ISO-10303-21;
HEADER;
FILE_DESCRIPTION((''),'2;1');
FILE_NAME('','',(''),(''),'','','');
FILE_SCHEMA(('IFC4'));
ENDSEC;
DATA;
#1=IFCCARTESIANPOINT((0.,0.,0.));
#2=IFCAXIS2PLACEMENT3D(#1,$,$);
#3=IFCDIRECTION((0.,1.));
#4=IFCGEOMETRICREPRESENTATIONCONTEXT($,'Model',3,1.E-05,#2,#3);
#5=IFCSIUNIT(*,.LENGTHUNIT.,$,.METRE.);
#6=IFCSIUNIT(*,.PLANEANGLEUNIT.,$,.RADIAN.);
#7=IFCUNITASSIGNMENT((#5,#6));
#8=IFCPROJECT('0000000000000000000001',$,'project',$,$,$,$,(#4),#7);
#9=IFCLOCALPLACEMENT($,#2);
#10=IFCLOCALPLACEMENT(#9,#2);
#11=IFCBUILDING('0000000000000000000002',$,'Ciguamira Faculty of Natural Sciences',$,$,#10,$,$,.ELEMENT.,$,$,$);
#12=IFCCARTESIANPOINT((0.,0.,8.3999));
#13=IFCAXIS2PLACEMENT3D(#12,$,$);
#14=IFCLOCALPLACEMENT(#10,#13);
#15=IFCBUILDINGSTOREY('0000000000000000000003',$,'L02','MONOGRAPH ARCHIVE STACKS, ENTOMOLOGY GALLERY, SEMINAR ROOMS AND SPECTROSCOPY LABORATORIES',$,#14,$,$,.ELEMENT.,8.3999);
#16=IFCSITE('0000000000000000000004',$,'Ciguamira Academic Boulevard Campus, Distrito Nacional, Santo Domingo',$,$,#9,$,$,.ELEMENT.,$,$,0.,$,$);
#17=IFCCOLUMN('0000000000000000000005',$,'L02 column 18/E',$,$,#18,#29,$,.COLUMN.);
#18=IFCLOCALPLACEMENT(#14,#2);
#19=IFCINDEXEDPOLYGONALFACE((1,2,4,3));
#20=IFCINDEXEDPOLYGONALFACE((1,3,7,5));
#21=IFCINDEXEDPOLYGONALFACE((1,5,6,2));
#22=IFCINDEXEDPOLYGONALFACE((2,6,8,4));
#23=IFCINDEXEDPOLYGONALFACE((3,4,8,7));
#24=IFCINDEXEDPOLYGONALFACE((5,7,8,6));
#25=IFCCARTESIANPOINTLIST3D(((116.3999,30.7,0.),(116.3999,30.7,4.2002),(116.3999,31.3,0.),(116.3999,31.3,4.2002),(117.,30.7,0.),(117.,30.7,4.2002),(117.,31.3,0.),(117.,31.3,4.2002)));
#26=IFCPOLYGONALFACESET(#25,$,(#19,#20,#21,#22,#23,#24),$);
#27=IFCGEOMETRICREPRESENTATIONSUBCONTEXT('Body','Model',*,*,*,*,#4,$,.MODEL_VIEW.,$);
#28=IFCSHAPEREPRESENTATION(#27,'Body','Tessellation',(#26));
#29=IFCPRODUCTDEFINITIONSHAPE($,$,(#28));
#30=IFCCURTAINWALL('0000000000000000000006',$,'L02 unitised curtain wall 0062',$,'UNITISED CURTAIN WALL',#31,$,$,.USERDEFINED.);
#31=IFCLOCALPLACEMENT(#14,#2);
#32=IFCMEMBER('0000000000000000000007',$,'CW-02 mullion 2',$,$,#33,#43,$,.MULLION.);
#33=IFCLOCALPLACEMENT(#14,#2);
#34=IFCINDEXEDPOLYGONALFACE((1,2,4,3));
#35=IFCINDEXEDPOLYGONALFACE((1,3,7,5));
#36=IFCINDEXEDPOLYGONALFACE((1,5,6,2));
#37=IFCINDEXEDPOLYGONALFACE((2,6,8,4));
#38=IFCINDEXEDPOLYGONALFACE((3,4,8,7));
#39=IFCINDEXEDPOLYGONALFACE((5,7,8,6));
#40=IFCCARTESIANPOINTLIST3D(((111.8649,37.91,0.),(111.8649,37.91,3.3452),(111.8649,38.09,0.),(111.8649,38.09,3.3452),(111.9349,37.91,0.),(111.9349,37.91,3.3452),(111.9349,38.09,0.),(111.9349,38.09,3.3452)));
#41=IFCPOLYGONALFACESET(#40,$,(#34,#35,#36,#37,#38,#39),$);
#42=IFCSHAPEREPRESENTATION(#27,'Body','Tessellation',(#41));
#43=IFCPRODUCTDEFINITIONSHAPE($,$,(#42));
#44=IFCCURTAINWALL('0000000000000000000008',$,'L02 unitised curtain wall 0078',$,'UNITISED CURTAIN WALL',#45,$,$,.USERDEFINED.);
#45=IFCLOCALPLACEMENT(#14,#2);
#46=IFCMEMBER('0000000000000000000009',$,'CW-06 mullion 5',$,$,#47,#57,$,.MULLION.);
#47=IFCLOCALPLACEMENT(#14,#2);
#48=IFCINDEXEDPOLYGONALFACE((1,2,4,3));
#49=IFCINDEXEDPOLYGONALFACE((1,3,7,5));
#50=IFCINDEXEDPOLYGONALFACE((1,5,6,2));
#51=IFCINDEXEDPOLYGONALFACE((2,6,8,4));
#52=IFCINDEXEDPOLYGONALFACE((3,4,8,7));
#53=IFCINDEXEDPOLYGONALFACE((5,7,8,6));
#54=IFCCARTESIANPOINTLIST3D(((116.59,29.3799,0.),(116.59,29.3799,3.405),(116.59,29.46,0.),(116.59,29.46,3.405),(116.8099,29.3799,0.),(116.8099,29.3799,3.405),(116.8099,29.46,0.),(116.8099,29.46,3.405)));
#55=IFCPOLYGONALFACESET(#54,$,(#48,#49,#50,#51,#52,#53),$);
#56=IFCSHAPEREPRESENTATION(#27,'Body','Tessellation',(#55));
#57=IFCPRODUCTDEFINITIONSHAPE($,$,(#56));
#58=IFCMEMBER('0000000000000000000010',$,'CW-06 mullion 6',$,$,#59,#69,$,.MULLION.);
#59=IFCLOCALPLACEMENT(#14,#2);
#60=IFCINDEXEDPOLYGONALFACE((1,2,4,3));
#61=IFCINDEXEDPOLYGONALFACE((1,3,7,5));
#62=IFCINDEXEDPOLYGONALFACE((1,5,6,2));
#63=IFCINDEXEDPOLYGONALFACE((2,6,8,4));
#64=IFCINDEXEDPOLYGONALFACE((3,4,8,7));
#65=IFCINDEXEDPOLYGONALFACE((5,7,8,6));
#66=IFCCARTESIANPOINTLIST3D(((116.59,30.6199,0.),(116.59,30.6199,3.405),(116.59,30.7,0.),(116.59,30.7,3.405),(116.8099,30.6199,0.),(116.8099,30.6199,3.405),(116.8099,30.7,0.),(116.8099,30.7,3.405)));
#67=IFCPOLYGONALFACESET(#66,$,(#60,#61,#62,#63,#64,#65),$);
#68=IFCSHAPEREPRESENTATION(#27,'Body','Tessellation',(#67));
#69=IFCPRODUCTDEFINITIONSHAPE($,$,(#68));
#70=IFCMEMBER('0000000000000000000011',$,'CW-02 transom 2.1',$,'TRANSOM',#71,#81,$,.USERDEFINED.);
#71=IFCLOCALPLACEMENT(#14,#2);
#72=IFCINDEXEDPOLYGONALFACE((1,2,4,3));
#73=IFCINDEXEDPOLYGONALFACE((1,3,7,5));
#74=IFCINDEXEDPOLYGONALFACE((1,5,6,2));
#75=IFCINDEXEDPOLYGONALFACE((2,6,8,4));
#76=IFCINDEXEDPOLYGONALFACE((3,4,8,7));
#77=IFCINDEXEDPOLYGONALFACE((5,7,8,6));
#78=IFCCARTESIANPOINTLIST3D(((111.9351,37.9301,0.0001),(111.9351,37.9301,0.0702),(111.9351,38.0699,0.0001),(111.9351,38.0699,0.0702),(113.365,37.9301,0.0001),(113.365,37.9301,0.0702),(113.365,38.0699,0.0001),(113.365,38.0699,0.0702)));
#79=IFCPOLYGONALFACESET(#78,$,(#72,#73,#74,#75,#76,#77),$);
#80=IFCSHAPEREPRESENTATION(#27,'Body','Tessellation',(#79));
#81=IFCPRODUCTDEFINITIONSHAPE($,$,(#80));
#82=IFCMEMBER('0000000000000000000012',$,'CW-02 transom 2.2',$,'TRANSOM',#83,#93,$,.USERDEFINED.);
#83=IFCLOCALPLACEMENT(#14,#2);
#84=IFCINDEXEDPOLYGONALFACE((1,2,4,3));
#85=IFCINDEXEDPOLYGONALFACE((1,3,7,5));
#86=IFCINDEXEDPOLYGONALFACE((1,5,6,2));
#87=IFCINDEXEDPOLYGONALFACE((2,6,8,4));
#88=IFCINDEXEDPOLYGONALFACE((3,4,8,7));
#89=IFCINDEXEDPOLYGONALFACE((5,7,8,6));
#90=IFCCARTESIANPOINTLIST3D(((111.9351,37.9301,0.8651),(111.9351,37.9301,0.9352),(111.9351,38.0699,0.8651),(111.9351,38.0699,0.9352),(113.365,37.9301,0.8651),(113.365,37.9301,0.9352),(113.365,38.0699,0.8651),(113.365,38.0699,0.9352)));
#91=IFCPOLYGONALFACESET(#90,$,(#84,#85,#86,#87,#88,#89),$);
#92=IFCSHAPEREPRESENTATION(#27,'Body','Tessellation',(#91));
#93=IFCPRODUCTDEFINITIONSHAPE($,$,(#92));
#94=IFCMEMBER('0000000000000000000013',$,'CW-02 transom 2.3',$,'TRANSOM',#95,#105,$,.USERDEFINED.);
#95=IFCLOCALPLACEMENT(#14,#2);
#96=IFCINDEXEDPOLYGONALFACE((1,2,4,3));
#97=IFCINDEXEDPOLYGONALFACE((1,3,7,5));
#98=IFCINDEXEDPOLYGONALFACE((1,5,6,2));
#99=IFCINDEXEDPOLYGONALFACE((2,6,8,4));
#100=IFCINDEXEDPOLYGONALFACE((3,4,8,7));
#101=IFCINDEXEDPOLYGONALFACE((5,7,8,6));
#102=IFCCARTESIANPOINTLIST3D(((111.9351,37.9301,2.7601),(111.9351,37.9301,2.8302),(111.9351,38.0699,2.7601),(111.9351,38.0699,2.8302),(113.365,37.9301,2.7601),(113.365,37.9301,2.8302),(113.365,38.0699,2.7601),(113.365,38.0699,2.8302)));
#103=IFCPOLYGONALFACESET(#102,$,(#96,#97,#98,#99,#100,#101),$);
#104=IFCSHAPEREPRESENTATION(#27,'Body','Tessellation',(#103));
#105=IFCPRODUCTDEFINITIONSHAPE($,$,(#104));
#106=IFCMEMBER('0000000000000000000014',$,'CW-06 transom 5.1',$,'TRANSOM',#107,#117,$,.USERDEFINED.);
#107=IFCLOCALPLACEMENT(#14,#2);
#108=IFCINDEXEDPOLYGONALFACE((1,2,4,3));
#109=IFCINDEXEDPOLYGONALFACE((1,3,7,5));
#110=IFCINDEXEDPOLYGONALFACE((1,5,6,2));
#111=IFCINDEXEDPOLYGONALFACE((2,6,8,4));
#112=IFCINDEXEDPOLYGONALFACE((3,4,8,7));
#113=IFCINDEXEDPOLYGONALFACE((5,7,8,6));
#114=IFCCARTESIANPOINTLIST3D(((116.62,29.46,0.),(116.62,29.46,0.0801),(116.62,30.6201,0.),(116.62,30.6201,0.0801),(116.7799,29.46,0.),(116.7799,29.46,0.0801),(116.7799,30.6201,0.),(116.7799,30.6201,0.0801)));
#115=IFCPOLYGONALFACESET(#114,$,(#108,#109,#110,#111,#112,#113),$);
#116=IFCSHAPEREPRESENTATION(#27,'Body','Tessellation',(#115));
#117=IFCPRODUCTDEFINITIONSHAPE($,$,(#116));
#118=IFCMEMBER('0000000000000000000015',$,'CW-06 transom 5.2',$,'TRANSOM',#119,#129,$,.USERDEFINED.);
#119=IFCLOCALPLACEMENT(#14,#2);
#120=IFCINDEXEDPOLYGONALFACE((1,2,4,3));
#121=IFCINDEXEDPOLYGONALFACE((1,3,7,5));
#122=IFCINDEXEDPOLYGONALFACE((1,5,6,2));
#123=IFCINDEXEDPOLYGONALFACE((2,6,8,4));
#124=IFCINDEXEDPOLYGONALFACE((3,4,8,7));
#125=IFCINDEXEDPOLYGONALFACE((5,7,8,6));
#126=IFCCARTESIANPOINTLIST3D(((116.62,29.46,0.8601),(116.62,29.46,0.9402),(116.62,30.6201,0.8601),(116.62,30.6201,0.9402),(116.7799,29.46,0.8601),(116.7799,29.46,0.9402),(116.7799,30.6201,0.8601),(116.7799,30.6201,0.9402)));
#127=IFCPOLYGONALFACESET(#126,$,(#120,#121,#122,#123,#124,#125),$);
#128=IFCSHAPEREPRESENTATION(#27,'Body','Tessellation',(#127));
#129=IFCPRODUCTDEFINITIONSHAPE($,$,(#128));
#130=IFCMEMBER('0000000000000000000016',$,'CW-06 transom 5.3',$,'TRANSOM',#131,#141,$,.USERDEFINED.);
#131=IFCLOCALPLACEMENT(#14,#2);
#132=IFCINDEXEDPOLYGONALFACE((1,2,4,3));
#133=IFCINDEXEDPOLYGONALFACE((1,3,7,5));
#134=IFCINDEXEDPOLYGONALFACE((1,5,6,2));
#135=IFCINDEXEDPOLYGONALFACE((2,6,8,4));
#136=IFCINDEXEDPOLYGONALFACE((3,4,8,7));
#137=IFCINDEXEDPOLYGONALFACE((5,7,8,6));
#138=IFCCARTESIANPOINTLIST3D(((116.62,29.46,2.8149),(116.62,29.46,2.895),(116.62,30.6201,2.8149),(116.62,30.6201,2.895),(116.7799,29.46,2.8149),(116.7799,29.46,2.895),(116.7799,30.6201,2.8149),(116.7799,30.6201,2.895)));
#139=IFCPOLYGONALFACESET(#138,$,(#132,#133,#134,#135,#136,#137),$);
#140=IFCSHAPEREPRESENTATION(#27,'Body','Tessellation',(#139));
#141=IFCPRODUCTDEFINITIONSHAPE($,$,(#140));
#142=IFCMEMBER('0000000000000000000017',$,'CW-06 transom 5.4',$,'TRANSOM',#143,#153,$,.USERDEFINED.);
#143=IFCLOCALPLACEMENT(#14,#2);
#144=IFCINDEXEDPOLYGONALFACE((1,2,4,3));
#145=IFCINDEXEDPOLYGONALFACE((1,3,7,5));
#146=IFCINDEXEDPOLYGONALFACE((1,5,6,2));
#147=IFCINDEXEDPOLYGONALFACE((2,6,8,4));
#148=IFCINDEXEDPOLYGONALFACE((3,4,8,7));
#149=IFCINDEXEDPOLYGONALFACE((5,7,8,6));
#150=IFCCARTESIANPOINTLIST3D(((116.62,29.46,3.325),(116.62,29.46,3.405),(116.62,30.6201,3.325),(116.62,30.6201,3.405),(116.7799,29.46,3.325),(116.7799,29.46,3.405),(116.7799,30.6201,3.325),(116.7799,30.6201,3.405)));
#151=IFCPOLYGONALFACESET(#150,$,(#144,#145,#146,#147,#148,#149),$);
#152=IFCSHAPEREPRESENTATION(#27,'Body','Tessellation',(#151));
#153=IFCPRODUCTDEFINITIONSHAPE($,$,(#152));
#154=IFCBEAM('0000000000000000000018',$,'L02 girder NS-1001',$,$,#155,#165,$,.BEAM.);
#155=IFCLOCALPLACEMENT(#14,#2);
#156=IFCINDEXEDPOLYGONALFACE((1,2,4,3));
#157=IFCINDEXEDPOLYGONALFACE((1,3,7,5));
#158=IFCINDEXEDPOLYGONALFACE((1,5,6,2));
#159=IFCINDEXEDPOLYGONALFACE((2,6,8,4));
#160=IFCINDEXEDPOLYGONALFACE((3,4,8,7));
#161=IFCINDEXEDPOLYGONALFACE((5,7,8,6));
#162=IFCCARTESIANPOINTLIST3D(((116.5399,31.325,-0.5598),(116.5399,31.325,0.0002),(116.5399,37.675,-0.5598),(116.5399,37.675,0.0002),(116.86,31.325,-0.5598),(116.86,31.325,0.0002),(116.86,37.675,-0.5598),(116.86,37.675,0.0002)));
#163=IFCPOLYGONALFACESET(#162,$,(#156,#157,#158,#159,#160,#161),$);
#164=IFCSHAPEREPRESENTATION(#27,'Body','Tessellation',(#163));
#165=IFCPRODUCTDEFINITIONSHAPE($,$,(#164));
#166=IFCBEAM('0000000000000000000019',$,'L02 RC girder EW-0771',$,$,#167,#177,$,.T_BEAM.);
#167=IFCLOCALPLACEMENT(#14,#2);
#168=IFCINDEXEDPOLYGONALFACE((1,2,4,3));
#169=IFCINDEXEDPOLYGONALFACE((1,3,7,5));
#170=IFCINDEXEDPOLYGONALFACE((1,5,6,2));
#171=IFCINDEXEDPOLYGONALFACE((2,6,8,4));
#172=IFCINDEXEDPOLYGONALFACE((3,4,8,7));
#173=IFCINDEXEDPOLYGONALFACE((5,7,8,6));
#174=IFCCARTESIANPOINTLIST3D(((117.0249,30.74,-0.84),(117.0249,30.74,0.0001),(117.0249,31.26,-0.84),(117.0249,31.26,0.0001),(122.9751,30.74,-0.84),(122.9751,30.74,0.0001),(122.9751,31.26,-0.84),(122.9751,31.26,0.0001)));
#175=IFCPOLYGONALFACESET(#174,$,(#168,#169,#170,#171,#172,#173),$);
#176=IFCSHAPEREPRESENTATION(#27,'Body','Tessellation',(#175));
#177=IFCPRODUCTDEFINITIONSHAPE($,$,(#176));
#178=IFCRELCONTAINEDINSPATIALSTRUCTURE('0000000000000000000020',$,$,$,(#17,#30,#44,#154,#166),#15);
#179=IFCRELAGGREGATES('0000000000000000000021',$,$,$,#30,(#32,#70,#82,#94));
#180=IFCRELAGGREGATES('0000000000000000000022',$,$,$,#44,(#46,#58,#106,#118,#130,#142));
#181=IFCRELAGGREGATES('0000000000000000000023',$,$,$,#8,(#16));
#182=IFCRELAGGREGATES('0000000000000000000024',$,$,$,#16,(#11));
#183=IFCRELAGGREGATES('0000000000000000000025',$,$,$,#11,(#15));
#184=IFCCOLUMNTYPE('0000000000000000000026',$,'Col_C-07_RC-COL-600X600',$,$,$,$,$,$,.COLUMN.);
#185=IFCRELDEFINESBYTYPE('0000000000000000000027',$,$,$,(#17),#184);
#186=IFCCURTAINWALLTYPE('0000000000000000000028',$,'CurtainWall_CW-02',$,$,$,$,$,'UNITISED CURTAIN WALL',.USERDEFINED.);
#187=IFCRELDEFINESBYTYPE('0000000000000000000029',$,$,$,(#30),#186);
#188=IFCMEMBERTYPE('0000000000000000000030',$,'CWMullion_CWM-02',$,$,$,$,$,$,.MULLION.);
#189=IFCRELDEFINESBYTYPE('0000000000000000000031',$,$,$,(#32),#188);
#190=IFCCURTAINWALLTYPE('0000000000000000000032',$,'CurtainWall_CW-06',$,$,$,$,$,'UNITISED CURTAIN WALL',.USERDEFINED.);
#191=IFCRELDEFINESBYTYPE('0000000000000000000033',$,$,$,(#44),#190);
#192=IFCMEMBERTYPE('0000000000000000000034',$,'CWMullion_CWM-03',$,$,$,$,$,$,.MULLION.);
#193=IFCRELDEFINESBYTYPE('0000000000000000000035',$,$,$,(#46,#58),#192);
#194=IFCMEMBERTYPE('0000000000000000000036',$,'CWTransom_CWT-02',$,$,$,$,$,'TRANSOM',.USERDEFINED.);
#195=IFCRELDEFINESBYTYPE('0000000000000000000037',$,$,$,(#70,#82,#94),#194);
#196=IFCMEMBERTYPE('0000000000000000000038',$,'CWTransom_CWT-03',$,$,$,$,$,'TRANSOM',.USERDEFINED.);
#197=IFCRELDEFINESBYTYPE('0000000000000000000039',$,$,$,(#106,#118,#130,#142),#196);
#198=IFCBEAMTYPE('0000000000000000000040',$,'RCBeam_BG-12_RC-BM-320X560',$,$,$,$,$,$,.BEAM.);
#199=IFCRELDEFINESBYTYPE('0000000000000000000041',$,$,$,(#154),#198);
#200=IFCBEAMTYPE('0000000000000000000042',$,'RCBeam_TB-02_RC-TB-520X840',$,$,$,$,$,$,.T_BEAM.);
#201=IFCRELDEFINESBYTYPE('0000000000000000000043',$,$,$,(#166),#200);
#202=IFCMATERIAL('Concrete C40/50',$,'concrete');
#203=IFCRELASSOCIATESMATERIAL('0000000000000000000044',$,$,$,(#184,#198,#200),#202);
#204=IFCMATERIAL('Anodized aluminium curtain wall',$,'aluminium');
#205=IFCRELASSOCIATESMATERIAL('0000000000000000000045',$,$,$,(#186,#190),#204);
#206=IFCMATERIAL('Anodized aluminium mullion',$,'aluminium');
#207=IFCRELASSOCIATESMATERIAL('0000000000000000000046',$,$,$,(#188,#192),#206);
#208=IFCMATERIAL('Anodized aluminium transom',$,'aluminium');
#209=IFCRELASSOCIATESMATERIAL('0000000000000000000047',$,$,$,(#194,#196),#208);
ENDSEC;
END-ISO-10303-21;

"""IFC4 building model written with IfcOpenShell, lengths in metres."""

from ifc_helpers import new_model, si_unit, direction, frame, origin, origin_2d, place, context, subcontext, project, spatial, rectangle, extrude, material, material_profile, profile_set, type_object, element, aggregate, save


model = new_model("IFC4")

# Units and contexts
model_context = context("Model", 3, precision=1e-05, world=origin(), true_north=direction((0.0, 1.0)))
body_context = subcontext(model_context, "Body", "Model", "MODEL_VIEW")
ifc_project = project(units=[si_unit("LENGTHUNIT", "METRE"), si_unit("PLANEANGLEUNIT", "RADIAN")], contexts=[model_context])

# Site, building, storey
site_placement = place(None, origin())
site = spatial("IfcSite", under=ifc_project, at=site_placement, Name="Ciguamira Academic Boulevard Campus, Distrito Nacional, Santo Domingo", CompositionType="ELEMENT", RefElevation=0.0)
building_placement = place(site_placement, origin())
building = spatial("IfcBuilding", under=site, at=building_placement, Name="Ciguamira Faculty of Natural Sciences", CompositionType="ELEMENT")
storey_placement = place(building_placement, frame((0.0, 0.0, 8.3999)))
storey = spatial("IfcBuildingStorey", under=building, at=storey_placement, Name="L02", Description="MONOGRAPH ARCHIVE STACKS, ENTOMOLOGY GALLERY, SEMINAR ROOMS AND SPECTROSCOPY LABORATORIES", CompositionType="ELEMENT", Elevation=8.3999)

# Column
ifc_material_1 = material(Name="Concrete C40/50", Category="concrete")
ifc_material_profile_1 = material_profile(ifc_material_1, rectangle(XDim=0.6001, YDim=0.6001, at=origin_2d()), Name="RC-COL-600X600")
ifc_profile_set_1 = profile_set([ifc_material_profile_1], Name="Concrete C40/50")
column_type = type_object("IfcColumnType", Name="Col_C-07_RC-COL-600X600", PredefinedType="COLUMN", material=ifc_profile_set_1)
column_placement = place(storey_placement, frame((116.7, 31.0, 0.0), z_axis=(0.0, 0.0, 1.0), x_axis=(1.0, 0.0, 0.0)))
element("IfcColumn", 1, at=column_placement, inside=storey, type_object=column_type, Name="L02 column 18/E", PredefinedType="COLUMN", context=body_context, shape_type="SweptSolid", body=[
    extrude(rectangle(XDim=0.6001, YDim=0.6001, at=origin_2d()), origin(), (0.0, 0.0, 1.0), 4.2002),
])

# Curtain wall, member
ifc_material_2 = material(Name="Anodized aluminium curtain wall", Category="aluminium")
curtain_wall_type_1 = type_object("IfcCurtainWallType", Name="CurtainWall_CW-02", ElementType="UNITISED CURTAIN WALL", PredefinedType="USERDEFINED", material=ifc_material_2)
curtain_wall_1_placement = place(storey_placement, origin())
curtain_wall_1 = element("IfcCurtainWall", 2, at=curtain_wall_1_placement, inside=storey, type_object=curtain_wall_type_1, Name="L02 unitised curtain wall 0062", ObjectType="UNITISED CURTAIN WALL", PredefinedType="USERDEFINED")
ifc_material_3 = material(Name="Anodized aluminium mullion", Category="aluminium")
ifc_material_profile_2 = material_profile(ifc_material_3, rectangle(XDim=0.0701, YDim=0.1799, at=origin_2d()), Name="ALU-MUL-70X180")
ifc_profile_set_2 = profile_set([ifc_material_profile_2], Name="Anodized aluminium mullion")
member_type_1 = type_object("IfcMemberType", Name="CWMullion_CWM-02", PredefinedType="MULLION", material=ifc_profile_set_2)
member_1_placement = place(storey_placement, frame((111.8999, 38.0, 0.0), z_axis=(0.0, 0.0, 1.0), x_axis=(1.0, 0.0, 0.0)))
member_1 = element("IfcMember", 3, at=member_1_placement, type_object=member_type_1, Name="CW-02 mullion 2", PredefinedType="MULLION", context=body_context, shape_type="SweptSolid", body=[
    extrude(rectangle(XDim=0.0701, YDim=0.1799, at=origin_2d()), origin(), (0.0, 0.0, 1.0), 3.3452),
])

# Curtain wall, members
curtain_wall_type_2 = type_object("IfcCurtainWallType", Name="CurtainWall_CW-06", ElementType="UNITISED CURTAIN WALL", PredefinedType="USERDEFINED", material=ifc_material_2)
curtain_wall_2_placement = place(storey_placement, origin())
curtain_wall_2 = element("IfcCurtainWall", 4, at=curtain_wall_2_placement, inside=storey, type_object=curtain_wall_type_2, Name="L02 unitised curtain wall 0078", ObjectType="UNITISED CURTAIN WALL", PredefinedType="USERDEFINED")
ifc_material_profile_3 = material_profile(ifc_material_3, rectangle(XDim=0.0801, YDim=0.22, at=origin_2d()), Name="ALU-MUL-80X220")
ifc_profile_set_3 = profile_set([ifc_material_profile_3], Name="Anodized aluminium mullion")
member_type_2 = type_object("IfcMemberType", Name="CWMullion_CWM-03", PredefinedType="MULLION", material=ifc_profile_set_3)
member_2_placement = place(storey_placement, frame((116.7, 29.4199, 0.0), z_axis=(0.0, 0.0, 1.0), x_axis=(0.0, 1.0, 0.0)))
member_2 = element("IfcMember", 5, at=member_2_placement, type_object=member_type_2, Name="CW-06 mullion 5", PredefinedType="MULLION", context=body_context, shape_type="SweptSolid", body=[
    extrude(rectangle(XDim=0.0801, YDim=0.22, at=origin_2d()), origin(), (0.0, 0.0, 1.0), 3.405),
])
member_3_placement = place(storey_placement, frame((116.7, 30.6599, 0.0), z_axis=(0.0, 0.0, 1.0), x_axis=(0.0, 1.0, 0.0)))
member_3 = element("IfcMember", 6, at=member_3_placement, type_object=member_type_2, Name="CW-06 mullion 6", PredefinedType="MULLION", context=body_context, shape_type="SweptSolid", body=[
    extrude(rectangle(XDim=0.0801, YDim=0.22, at=origin_2d()), origin(), (0.0, 0.0, 1.0), 3.405),
])

# Members
ifc_material_4 = material(Name="Anodized aluminium transom", Category="aluminium")
ifc_material_profile_4 = material_profile(ifc_material_4, rectangle(XDim=0.0701, YDim=0.1399, at=origin_2d()), Name="ALU-TRN-70X140")
ifc_profile_set_4 = profile_set([ifc_material_profile_4], Name="Anodized aluminium transom")
member_type_3 = type_object("IfcMemberType", Name="CWTransom_CWT-02", ElementType="TRANSOM", PredefinedType="USERDEFINED", material=ifc_profile_set_4)
member_4_placement = place(storey_placement, frame((111.9351, 38.0, 0.0352), z_axis=(1.0, 0.0, 0.0), x_axis=(0.0, 0.0, 1.0)))
member_4 = element("IfcMember", 7, at=member_4_placement, type_object=member_type_3, Name="CW-02 transom 2.1", ObjectType="TRANSOM", PredefinedType="USERDEFINED", context=body_context, shape_type="SweptSolid", body=[
    extrude(rectangle(XDim=0.0701, YDim=0.1399, at=origin_2d()), origin(), (0.0, 0.0, 1.0), 1.4299),
])
member_5_placement = place(storey_placement, frame((111.9351, 38.0, 0.9001), z_axis=(1.0, 0.0, 0.0), x_axis=(0.0, 0.0, 1.0)))
member_5 = element("IfcMember", 8, at=member_5_placement, type_object=member_type_3, Name="CW-02 transom 2.2", ObjectType="TRANSOM", PredefinedType="USERDEFINED", context=body_context, shape_type="SweptSolid", body=[
    extrude(rectangle(XDim=0.0701, YDim=0.1399, at=origin_2d()), origin(), (0.0, 0.0, 1.0), 1.4299),
])
member_6_placement = place(storey_placement, frame((111.9351, 38.0, 2.7952), z_axis=(1.0, 0.0, 0.0), x_axis=(0.0, 0.0, 1.0)))
member_6 = element("IfcMember", 9, at=member_6_placement, type_object=member_type_3, Name="CW-02 transom 2.3", ObjectType="TRANSOM", PredefinedType="USERDEFINED", context=body_context, shape_type="SweptSolid", body=[
    extrude(rectangle(XDim=0.0701, YDim=0.1399, at=origin_2d()), origin(), (0.0, 0.0, 1.0), 1.4299),
])
aggregate(curtain_wall_1, [member_1, member_4, member_5, member_6])
ifc_material_profile_5 = material_profile(ifc_material_4, rectangle(XDim=0.0801, YDim=0.1599, at=origin_2d()), Name="ALU-TRN-80X160")
ifc_profile_set_5 = profile_set([ifc_material_profile_5], Name="Anodized aluminium transom")
member_type_4 = type_object("IfcMemberType", Name="CWTransom_CWT-03", ElementType="TRANSOM", PredefinedType="USERDEFINED", material=ifc_profile_set_5)
member_7_placement = place(storey_placement, frame((116.7, 29.46, 0.04), z_axis=(0.0, 1.0, 0.0), x_axis=(0.0, 0.0, 1.0)))
member_7 = element("IfcMember", 10, at=member_7_placement, type_object=member_type_4, Name="CW-06 transom 5.1", ObjectType="TRANSOM", PredefinedType="USERDEFINED", context=body_context, shape_type="SweptSolid", body=[
    extrude(rectangle(XDim=0.0801, YDim=0.1599, at=origin_2d()), origin(), (0.0, 0.0, 1.0), 1.1602),
])
member_8_placement = place(storey_placement, frame((116.7, 29.46, 0.9001), z_axis=(0.0, 1.0, 0.0), x_axis=(0.0, 0.0, 1.0)))
member_8 = element("IfcMember", 11, at=member_8_placement, type_object=member_type_4, Name="CW-06 transom 5.2", ObjectType="TRANSOM", PredefinedType="USERDEFINED", context=body_context, shape_type="SweptSolid", body=[
    extrude(rectangle(XDim=0.0801, YDim=0.1599, at=origin_2d()), origin(), (0.0, 0.0, 1.0), 1.1602),
])
member_9_placement = place(storey_placement, frame((116.7, 29.46, 2.855), z_axis=(0.0, 1.0, 0.0), x_axis=(0.0, 0.0, 1.0)))
member_9 = element("IfcMember", 12, at=member_9_placement, type_object=member_type_4, Name="CW-06 transom 5.3", ObjectType="TRANSOM", PredefinedType="USERDEFINED", context=body_context, shape_type="SweptSolid", body=[
    extrude(rectangle(XDim=0.0801, YDim=0.1599, at=origin_2d()), origin(), (0.0, 0.0, 1.0), 1.1602),
])
member_10_placement = place(storey_placement, frame((116.7, 29.46, 3.365), z_axis=(0.0, 1.0, 0.0), x_axis=(0.0, 0.0, 1.0)))
member_10 = element("IfcMember", 13, at=member_10_placement, type_object=member_type_4, Name="CW-06 transom 5.4", ObjectType="TRANSOM", PredefinedType="USERDEFINED", context=body_context, shape_type="SweptSolid", body=[
    extrude(rectangle(XDim=0.0801, YDim=0.1599, at=origin_2d()), origin(), (0.0, 0.0, 1.0), 1.1602),
])

# Beams
ifc_material_profile_6 = material_profile(ifc_material_1, rectangle(XDim=0.3201, YDim=0.5601, at=origin_2d()), Name="RC-BM-320X560")
ifc_profile_set_6 = profile_set([ifc_material_profile_6], Name="Concrete C40/50")
beam_type_1 = type_object("IfcBeamType", Name="RCBeam_BG-12_RC-BM-320X560", PredefinedType="BEAM", material=ifc_profile_set_6)
beam_1_placement = place(storey_placement, frame((116.7, 31.325, -0.2798), z_axis=(0.0, 1.0, 0.0), x_axis=(-1.0, 0.0, 0.0)))
element("IfcBeam", 14, at=beam_1_placement, inside=storey, type_object=beam_type_1, Name="L02 girder NS-1001", PredefinedType="BEAM", context=body_context, shape_type="SweptSolid", body=[
    extrude(rectangle(XDim=0.3201, YDim=0.5601, at=origin_2d()), origin(), (0.0, 0.0, 1.0), 6.3501),
])
ifc_material_profile_7 = material_profile(ifc_material_1, rectangle(XDim=0.52, YDim=0.8401, at=origin_2d()), Name="RC-TB-520X840")
ifc_profile_set_7 = profile_set([ifc_material_profile_7], Name="Concrete C40/50")
beam_type_2 = type_object("IfcBeamType", Name="RCBeam_TB-02_RC-TB-520X840", PredefinedType="T_BEAM", material=ifc_profile_set_7)
beam_2_placement = place(storey_placement, frame((117.0249, 31.0, -0.4199), z_axis=(1.0, 0.0, 0.0), x_axis=(0.0, 1.0, 0.0)))
element("IfcBeam", 15, at=beam_2_placement, inside=storey, type_object=beam_type_2, Name="L02 RC girder EW-0771", PredefinedType="T_BEAM", context=body_context, shape_type="SweptSolid", body=[
    extrude(rectangle(XDim=0.52, YDim=0.8401, at=origin_2d()), origin(), (0.0, 0.0, 1.0), 5.9502),
])

aggregate(curtain_wall_2, [member_2, member_3, member_7, member_8, member_9, member_10])

save(model, "model.ifc")
